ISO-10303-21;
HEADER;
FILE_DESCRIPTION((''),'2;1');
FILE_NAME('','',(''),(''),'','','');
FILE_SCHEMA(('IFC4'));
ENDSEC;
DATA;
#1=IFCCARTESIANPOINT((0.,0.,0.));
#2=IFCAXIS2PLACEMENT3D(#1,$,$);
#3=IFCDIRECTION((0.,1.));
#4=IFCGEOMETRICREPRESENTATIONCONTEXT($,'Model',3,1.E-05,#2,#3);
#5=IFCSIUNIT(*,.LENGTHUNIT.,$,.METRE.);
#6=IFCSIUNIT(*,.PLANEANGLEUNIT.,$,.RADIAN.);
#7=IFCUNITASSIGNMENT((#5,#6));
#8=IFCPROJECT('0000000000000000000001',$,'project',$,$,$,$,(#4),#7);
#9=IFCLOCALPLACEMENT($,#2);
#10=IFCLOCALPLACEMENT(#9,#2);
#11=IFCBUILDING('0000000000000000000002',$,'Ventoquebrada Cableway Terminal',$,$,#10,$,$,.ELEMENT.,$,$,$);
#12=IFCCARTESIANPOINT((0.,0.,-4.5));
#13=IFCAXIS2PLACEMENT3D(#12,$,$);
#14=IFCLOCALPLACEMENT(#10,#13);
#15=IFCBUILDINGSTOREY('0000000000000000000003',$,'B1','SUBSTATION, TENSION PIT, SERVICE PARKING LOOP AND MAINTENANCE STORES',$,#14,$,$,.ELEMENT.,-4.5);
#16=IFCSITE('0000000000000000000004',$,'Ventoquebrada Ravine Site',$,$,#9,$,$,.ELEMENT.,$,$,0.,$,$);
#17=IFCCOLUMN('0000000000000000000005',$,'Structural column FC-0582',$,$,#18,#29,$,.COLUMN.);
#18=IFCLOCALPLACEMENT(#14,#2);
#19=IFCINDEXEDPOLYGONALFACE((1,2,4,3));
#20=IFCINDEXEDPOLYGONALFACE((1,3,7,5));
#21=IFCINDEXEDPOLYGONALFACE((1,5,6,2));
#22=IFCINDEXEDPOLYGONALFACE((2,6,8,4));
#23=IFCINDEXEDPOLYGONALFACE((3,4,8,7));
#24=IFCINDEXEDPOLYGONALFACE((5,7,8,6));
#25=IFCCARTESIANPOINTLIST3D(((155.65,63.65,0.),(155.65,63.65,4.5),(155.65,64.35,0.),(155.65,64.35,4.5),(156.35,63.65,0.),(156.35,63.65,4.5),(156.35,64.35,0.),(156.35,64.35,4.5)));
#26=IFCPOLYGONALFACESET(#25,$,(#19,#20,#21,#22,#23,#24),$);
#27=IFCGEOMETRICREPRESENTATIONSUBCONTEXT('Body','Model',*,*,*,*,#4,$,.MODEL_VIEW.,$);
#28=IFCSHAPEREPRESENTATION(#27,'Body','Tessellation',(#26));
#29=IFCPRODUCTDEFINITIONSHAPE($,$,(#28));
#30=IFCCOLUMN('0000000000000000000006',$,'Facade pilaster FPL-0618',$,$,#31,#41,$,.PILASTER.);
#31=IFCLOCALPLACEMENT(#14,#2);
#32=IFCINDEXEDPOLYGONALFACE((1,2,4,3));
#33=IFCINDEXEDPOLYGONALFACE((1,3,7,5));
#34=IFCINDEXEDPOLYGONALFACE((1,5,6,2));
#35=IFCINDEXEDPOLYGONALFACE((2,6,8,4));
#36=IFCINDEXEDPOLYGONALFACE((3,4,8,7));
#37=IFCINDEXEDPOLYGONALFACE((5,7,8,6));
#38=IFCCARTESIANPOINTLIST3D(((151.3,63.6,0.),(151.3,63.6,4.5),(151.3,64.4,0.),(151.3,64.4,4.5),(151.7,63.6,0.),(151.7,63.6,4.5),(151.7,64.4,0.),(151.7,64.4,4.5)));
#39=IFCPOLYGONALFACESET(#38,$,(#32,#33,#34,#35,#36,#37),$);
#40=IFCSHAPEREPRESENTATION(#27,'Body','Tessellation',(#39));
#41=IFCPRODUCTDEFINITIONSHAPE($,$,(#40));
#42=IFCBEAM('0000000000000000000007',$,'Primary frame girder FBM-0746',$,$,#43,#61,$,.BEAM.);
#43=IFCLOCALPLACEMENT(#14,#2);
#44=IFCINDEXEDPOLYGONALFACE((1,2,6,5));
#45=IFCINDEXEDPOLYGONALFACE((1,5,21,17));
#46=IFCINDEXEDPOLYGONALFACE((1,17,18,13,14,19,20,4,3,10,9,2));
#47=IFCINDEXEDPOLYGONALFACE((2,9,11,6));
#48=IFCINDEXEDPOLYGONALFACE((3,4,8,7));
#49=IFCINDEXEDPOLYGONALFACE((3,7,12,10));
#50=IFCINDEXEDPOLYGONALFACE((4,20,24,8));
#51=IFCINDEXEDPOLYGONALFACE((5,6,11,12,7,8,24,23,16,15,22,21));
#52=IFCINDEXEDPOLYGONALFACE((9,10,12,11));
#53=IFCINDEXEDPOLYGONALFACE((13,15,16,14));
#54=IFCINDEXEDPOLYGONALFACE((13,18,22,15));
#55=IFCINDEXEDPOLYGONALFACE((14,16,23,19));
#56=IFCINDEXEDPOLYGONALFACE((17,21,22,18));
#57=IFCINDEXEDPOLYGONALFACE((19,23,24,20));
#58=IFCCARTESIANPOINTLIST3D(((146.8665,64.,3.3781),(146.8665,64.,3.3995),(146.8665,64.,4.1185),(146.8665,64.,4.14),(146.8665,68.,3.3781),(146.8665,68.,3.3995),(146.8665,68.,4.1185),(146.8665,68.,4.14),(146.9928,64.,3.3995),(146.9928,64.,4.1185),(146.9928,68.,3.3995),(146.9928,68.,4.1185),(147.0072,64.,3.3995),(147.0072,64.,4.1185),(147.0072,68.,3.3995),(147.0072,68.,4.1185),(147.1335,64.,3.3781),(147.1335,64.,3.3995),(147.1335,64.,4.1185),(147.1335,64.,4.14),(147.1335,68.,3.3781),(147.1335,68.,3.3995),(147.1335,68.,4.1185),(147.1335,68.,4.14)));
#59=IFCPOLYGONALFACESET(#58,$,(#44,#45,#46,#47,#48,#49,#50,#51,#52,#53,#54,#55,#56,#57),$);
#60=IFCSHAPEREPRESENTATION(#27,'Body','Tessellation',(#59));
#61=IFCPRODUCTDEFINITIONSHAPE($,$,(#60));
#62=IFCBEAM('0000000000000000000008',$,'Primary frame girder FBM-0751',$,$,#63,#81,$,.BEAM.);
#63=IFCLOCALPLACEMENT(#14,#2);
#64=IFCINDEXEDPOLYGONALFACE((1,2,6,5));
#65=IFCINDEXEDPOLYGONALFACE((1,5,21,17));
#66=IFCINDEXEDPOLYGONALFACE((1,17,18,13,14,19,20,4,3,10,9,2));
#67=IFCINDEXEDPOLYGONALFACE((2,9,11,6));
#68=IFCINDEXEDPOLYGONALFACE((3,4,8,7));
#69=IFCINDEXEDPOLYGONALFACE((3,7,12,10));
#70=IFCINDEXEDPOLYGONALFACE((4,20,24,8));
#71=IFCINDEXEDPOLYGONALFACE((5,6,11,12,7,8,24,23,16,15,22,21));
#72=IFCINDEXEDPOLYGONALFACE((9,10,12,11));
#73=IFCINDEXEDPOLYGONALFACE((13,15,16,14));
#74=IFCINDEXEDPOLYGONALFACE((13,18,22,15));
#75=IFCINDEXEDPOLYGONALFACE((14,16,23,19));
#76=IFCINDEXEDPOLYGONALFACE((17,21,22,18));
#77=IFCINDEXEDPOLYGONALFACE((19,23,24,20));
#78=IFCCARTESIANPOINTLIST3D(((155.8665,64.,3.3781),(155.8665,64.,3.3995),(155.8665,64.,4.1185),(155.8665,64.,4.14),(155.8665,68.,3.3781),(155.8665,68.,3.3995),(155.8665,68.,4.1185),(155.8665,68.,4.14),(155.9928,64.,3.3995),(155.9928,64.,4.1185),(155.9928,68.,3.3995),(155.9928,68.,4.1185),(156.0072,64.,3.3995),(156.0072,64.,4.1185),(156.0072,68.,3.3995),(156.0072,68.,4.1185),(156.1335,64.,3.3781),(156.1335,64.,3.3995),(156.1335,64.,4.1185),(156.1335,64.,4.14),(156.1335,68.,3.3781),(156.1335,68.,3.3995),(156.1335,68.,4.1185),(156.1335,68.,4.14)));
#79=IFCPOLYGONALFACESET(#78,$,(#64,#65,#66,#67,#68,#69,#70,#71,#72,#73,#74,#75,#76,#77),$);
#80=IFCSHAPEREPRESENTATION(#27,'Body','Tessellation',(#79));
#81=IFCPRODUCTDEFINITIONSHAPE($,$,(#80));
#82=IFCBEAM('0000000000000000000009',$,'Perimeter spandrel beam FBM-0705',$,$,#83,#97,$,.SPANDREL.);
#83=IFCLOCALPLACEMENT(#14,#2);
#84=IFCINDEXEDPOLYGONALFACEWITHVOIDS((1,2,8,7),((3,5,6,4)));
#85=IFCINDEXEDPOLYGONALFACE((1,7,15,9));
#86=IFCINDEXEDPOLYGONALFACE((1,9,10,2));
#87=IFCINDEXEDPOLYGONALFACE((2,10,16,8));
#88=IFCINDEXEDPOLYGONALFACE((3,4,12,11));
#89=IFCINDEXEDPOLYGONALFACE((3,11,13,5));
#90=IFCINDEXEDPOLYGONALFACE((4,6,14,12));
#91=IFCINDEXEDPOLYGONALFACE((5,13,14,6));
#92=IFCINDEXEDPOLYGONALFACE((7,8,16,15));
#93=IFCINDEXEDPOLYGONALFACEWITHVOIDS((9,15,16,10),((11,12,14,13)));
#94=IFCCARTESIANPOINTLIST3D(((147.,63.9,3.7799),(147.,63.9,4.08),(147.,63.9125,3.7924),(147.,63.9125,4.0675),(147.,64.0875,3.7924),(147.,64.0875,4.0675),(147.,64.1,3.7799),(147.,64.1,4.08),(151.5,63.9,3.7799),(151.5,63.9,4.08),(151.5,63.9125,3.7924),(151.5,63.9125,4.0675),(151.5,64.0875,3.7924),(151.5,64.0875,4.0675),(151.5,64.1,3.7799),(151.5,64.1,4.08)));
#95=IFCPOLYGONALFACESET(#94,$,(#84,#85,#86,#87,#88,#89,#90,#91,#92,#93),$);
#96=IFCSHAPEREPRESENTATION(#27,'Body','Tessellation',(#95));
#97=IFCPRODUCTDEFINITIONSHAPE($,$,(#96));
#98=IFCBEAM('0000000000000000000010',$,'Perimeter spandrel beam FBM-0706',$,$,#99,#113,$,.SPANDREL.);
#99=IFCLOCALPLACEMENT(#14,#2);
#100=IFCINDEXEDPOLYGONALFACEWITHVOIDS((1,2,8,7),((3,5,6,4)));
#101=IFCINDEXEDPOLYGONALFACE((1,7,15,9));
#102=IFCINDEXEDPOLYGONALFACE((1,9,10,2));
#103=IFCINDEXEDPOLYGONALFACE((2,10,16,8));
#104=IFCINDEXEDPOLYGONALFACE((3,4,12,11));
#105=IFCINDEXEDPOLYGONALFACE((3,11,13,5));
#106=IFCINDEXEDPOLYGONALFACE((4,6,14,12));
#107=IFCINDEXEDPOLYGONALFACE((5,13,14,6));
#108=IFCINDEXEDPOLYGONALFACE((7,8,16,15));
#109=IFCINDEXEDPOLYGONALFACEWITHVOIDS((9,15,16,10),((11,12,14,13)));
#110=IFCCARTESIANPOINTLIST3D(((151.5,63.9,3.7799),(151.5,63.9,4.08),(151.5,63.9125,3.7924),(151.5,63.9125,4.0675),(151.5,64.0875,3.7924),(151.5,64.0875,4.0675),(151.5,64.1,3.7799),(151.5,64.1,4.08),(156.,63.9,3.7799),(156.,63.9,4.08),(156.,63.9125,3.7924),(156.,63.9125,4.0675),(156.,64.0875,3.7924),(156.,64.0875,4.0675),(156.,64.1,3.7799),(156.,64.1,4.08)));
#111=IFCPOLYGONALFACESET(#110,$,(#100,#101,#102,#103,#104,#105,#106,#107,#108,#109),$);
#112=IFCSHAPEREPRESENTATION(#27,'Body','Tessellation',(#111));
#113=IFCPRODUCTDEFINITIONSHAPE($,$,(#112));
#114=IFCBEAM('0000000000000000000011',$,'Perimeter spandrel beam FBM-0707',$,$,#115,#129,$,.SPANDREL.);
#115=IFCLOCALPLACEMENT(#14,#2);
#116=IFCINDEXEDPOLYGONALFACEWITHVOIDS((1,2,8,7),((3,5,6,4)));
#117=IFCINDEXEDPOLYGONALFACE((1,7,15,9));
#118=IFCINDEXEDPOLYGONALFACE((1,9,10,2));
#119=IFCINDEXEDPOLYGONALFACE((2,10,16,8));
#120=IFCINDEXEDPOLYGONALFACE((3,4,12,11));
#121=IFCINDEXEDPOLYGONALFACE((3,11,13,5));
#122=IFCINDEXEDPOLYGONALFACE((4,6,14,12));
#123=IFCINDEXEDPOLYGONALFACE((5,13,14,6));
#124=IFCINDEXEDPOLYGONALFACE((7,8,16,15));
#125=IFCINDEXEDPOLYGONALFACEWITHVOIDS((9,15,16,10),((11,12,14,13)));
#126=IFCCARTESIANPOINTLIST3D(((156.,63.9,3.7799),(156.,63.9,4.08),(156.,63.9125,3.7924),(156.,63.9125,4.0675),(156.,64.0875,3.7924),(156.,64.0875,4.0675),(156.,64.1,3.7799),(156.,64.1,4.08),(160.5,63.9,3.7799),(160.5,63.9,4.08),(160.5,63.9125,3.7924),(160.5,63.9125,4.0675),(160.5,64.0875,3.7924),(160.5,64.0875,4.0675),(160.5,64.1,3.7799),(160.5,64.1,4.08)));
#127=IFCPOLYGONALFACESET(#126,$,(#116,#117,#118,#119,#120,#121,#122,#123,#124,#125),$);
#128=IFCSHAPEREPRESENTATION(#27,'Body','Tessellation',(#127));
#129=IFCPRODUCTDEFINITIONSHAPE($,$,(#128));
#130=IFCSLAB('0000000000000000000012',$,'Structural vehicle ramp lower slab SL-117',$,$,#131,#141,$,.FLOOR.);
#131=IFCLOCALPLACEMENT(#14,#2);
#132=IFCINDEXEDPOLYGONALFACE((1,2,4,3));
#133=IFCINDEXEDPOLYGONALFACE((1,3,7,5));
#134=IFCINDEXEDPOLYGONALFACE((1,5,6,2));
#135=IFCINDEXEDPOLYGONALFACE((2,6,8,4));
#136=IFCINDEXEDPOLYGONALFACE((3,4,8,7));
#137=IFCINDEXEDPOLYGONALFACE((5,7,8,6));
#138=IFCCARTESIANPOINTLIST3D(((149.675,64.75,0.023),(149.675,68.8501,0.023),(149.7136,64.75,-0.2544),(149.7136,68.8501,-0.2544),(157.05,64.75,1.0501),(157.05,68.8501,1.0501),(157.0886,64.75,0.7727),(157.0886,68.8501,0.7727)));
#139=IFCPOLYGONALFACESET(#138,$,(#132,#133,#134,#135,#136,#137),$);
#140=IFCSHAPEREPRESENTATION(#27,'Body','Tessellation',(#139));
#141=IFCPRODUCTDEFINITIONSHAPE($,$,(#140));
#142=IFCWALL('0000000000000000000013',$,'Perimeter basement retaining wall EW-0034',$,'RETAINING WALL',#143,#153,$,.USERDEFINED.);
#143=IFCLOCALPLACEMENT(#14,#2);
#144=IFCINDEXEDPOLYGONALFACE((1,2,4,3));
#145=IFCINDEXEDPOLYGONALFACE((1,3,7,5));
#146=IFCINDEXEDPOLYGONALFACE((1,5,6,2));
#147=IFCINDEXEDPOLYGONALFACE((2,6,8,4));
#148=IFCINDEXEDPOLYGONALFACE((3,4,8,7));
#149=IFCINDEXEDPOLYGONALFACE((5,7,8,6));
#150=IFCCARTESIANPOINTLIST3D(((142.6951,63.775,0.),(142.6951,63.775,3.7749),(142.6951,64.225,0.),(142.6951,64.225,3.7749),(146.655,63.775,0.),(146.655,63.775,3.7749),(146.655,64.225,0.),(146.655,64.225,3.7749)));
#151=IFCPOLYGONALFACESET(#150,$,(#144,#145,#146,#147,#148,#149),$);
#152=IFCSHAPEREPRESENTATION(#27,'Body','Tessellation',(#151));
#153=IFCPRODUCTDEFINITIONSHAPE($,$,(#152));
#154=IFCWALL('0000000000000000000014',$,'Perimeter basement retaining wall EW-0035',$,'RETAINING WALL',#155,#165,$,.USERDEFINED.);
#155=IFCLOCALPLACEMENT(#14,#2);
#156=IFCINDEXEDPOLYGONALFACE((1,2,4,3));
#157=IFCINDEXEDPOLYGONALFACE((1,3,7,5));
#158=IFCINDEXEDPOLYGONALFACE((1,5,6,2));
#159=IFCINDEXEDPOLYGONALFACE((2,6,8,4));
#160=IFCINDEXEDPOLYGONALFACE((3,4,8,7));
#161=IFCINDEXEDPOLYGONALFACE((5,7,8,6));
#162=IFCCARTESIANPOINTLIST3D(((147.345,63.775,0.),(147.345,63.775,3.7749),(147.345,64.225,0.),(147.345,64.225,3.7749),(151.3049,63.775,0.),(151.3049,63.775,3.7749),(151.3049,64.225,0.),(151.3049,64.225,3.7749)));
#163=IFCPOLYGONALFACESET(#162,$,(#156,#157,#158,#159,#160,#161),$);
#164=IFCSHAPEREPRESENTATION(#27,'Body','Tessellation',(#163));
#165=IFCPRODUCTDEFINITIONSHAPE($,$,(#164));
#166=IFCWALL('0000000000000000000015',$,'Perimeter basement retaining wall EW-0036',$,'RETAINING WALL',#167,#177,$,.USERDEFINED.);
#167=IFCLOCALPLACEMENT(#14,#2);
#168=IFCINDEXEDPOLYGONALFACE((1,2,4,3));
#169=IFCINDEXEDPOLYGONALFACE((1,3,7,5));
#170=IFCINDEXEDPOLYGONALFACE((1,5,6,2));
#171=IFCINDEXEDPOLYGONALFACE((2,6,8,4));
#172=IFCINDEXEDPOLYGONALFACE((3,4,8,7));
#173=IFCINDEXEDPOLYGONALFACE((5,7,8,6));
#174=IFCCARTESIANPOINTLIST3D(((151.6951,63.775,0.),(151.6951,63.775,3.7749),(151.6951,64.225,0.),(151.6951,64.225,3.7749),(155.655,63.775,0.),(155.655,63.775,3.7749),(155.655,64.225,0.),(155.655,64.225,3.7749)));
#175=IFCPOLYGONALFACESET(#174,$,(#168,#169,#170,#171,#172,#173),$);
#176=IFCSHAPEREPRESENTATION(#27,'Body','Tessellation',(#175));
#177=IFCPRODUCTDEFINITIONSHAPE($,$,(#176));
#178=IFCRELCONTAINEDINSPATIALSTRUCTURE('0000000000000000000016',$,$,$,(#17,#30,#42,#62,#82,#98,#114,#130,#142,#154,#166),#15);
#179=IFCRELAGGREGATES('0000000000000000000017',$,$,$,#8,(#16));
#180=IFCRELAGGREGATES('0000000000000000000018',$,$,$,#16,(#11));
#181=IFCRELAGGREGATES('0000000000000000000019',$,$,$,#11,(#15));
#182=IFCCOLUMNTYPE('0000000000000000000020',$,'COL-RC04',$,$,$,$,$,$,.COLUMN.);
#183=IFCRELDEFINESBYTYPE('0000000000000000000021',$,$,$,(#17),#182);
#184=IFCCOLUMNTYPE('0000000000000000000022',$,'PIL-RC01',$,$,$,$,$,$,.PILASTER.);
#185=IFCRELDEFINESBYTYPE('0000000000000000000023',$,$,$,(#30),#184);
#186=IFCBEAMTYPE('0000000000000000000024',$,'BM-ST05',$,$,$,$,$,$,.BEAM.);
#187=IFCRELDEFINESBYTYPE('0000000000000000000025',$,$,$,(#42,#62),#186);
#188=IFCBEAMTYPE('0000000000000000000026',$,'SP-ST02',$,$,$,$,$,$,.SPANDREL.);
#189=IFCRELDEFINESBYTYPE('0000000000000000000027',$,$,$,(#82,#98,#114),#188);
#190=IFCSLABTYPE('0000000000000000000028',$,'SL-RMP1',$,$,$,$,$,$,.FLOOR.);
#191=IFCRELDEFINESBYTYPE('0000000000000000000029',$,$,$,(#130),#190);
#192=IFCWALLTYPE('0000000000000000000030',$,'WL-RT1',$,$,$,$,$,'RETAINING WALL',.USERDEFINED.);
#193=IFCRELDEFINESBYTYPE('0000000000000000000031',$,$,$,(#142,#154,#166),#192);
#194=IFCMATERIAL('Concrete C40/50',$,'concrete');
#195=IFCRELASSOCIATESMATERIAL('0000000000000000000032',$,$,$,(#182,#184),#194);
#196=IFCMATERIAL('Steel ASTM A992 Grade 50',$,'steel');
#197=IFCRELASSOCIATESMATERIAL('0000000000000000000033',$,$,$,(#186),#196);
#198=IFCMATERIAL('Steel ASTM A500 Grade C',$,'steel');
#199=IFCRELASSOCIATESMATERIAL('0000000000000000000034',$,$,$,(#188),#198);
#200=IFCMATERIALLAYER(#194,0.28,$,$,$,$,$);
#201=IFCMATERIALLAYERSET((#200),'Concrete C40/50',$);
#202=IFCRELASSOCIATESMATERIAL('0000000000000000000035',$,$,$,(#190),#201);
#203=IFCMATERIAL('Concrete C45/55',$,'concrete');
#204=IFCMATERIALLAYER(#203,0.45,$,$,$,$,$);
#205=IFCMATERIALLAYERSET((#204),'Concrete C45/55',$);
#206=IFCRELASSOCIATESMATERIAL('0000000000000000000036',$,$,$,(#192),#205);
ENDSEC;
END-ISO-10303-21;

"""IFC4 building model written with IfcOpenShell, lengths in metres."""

from ifc_helpers import new_model, si_unit, direction, frame, frame_2d, origin, origin_2d, place, context, subcontext, project, spatial, polyline, rectangle, hollow_rectangle, i_section, outline, extrude, material, layer, layer_set, material_profile, profile_set, type_object, element, save


model = new_model("IFC4")

# Units and contexts
model_context = context("Model", 3, precision=1e-05, world=origin(), true_north=direction((0.0, 1.0)))
body_context = subcontext(model_context, "Body", "Model", "MODEL_VIEW")
ifc_project = project(units=[si_unit("LENGTHUNIT", "METRE"), si_unit("PLANEANGLEUNIT", "RADIAN")], contexts=[model_context])

# Site, building, storey
site_placement = place(None, origin())
site = spatial("IfcSite", under=ifc_project, at=site_placement, Name="Ventoquebrada Ravine Site", CompositionType="ELEMENT", RefElevation=0.0)
building_placement = place(site_placement, origin())
building = spatial("IfcBuilding", under=site, at=building_placement, Name="Ventoquebrada Cableway Terminal", CompositionType="ELEMENT")
storey_placement = place(building_placement, frame((0.0, 0.0, -4.5)))
storey = spatial("IfcBuildingStorey", under=building, at=storey_placement, Name="B1", Description="SUBSTATION, TENSION PIT, SERVICE PARKING LOOP AND MAINTENANCE STORES", CompositionType="ELEMENT", Elevation=-4.5)

# Shared definitions
ifc_material_1 = material(Name="Concrete C40/50", Category="concrete")

# Columns
ifc_material_profile_1 = material_profile(ifc_material_1, rectangle(XDim=0.7, YDim=0.7, at=origin_2d()), Name="RC-COL-700X700")
ifc_profile_set_1 = profile_set([ifc_material_profile_1], Name="Concrete C40/50")
column_type_1 = type_object("IfcColumnType", Name="COL-RC04", PredefinedType="COLUMN", material=ifc_profile_set_1)
for number, where, z_axis, x_axis, name in (
    (1, (156.0, 64.0, 0.0), (0.0, 0.0, 1.0), (1.0, 0.0, 0.0), "Structural column FC-0582"),
):
    element("IfcColumn", number, at=place(storey_placement, frame(where, z_axis=z_axis, x_axis=x_axis)), inside=storey, type_object=column_type_1, Name=name, PredefinedType="COLUMN", context=body_context, shape_type="SweptSolid", body=[
        extrude(rectangle(XDim=0.7, YDim=0.7, at=origin_2d()), origin(), (0.0, 0.0, 1.0), 4.5),
    ])
ifc_material_profile_2 = material_profile(ifc_material_1, rectangle(XDim=0.3999, YDim=0.8, at=origin_2d()), Name="RC-PIL-400X800")
ifc_profile_set_2 = profile_set([ifc_material_profile_2], Name="Concrete C40/50")
column_type_2 = type_object("IfcColumnType", Name="PIL-RC01", PredefinedType="PILASTER", material=ifc_profile_set_2)
column_placement = place(storey_placement, frame((151.5, 64.0, 0.0), z_axis=(0.0, 0.0, 1.0), x_axis=(1.0, 0.0, 0.0)))
element("IfcColumn", 2, at=column_placement, inside=storey, type_object=column_type_2, Name="Facade pilaster FPL-0618", PredefinedType="PILASTER", context=body_context, shape_type="SweptSolid", body=[
    extrude(rectangle(XDim=0.3999, YDim=0.8, at=origin_2d()), origin(), (0.0, 0.0, 1.0), 4.5),
])

# Beams
ifc_material_2 = material(Name="Steel ASTM A992 Grade 50", Category="steel")
ifc_material_profile_3 = material_profile(ifc_material_2, i_section(OverallWidth=0.2671, OverallDepth=0.762, WebThickness=0.0144, FlangeThickness=0.0215, at=origin_2d()), Name="W30X116")
ifc_profile_set_3 = profile_set([ifc_material_profile_3], Name="Steel ASTM A992 Grade 50")
beam_type_1 = type_object("IfcBeamType", Name="BM-ST05", PredefinedType="BEAM", material=ifc_profile_set_3)
for number, where, z_axis, x_axis, name in (
    (3, (147.0, 64.0, 3.759), (0.0, 1.0, 0.0), (-1.0, 0.0, 0.0), "Primary frame girder FBM-0746"),
    (4, (156.0, 64.0, 3.759), (0.0, 1.0, 0.0), (-1.0, 0.0, 0.0), "Primary frame girder FBM-0751"),
):
    element("IfcBeam", number, at=place(storey_placement, frame(where, z_axis=z_axis, x_axis=x_axis)), inside=storey, type_object=beam_type_1, Name=name, PredefinedType="BEAM", context=body_context, shape_type="SweptSolid", body=[
        extrude(i_section(OverallWidth=0.2671, OverallDepth=0.762, WebThickness=0.0144, FlangeThickness=0.0215, at=origin_2d()), origin(), (0.0, 0.0, 1.0), 4.0),
    ])
ifc_material_3 = material(Name="Steel ASTM A500 Grade C", Category="steel")
ifc_material_profile_4 = material_profile(ifc_material_3, hollow_rectangle(XDim=0.2, YDim=0.3, WallThickness=0.0125, at=origin_2d()), Name="RHS300X200X12.5")
ifc_profile_set_4 = profile_set([ifc_material_profile_4], Name="Steel ASTM A500 Grade C")
beam_type_2 = type_object("IfcBeamType", Name="SP-ST02", PredefinedType="SPANDREL", material=ifc_profile_set_4)
for number, where, z_axis, x_axis, name in (
    (5, (147.0, 64.0, 3.9299), (1.0, 0.0, 0.0), (0.0, 1.0, 0.0), "Perimeter spandrel beam FBM-0705"),
    (6, (151.5, 64.0, 3.9299), (1.0, 0.0, 0.0), (0.0, 1.0, 0.0), "Perimeter spandrel beam FBM-0706"),
    (7, (156.0, 64.0, 3.9299), (1.0, 0.0, 0.0), (0.0, 1.0, 0.0), "Perimeter spandrel beam FBM-0707"),
):
    element("IfcBeam", number, at=place(storey_placement, frame(where, z_axis=z_axis, x_axis=x_axis)), inside=storey, type_object=beam_type_2, Name=name, PredefinedType="SPANDREL", context=body_context, shape_type="SweptSolid", body=[
        extrude(hollow_rectangle(XDim=0.2, YDim=0.3, WallThickness=0.0125, at=origin_2d()), origin(), (0.0, 0.0, 1.0), 4.5),
    ])

# Slab
ifc_layer_1 = layer(ifc_material_1, 0.28)
ifc_layer_set_1 = layer_set([ifc_layer_1], Name="Concrete C40/50")
slab_type = type_object("IfcSlabType", Name="SL-RMP1", PredefinedType="FLOOR", material=ifc_layer_set_1)
slab_placement = place(storey_placement, frame((149.7136, 64.75, -0.2544), z_axis=(-0.137936, 0.0, 0.990441), x_axis=(0.990441, 0.0, 0.137936)))
element("IfcSlab", 8, at=slab_placement, inside=storey, type_object=slab_type, Name="Structural vehicle ramp lower slab SL-117", PredefinedType="FLOOR", context=body_context, shape_type="SweptSolid", body=[
    extrude(outline(polyline([(0.0, 0.0), (7.4462, 0.0), (7.4462, 4.1001), (0.0, 4.1001), (0.0, 0.0)])), origin(), (0.0, 0.0, 1.0), 0.28),
])

# Walls
ifc_material_4 = material(Name="Concrete C45/55", Category="concrete")
ifc_layer_2 = layer(ifc_material_4, 0.45)
ifc_layer_set_2 = layer_set([ifc_layer_2], Name="Concrete C45/55")
wall_type = type_object("IfcWallType", Name="WL-RT1", ElementType="RETAINING WALL", PredefinedType="USERDEFINED", material=ifc_layer_set_2)
for number, where, z_axis, x_axis, name in (
    (9, (142.6951, 64.0, 0.0), (0.0, 0.0, 1.0), (1.0, 0.0, 0.0), "Perimeter basement retaining wall EW-0034"),
    (10, (147.345, 64.0, 0.0), (0.0, 0.0, 1.0), (1.0, 0.0, 0.0), "Perimeter basement retaining wall EW-0035"),
    (11, (151.6951, 64.0, 0.0), (0.0, 0.0, 1.0), (1.0, 0.0, 0.0), "Perimeter basement retaining wall EW-0036"),
):
    element("IfcWall", number, at=place(storey_placement, frame(where, z_axis=z_axis, x_axis=x_axis)), inside=storey, type_object=wall_type, Name=name, ObjectType="RETAINING WALL", PredefinedType="USERDEFINED", context=body_context, shape_type="SweptSolid", body=[
        extrude(rectangle(XDim=3.96, YDim=0.45, at=frame_2d((1.98, 0.0))), origin(), (0.0, 0.0, 1.0), 3.7749),
    ])

save(model, "model.ifc")
